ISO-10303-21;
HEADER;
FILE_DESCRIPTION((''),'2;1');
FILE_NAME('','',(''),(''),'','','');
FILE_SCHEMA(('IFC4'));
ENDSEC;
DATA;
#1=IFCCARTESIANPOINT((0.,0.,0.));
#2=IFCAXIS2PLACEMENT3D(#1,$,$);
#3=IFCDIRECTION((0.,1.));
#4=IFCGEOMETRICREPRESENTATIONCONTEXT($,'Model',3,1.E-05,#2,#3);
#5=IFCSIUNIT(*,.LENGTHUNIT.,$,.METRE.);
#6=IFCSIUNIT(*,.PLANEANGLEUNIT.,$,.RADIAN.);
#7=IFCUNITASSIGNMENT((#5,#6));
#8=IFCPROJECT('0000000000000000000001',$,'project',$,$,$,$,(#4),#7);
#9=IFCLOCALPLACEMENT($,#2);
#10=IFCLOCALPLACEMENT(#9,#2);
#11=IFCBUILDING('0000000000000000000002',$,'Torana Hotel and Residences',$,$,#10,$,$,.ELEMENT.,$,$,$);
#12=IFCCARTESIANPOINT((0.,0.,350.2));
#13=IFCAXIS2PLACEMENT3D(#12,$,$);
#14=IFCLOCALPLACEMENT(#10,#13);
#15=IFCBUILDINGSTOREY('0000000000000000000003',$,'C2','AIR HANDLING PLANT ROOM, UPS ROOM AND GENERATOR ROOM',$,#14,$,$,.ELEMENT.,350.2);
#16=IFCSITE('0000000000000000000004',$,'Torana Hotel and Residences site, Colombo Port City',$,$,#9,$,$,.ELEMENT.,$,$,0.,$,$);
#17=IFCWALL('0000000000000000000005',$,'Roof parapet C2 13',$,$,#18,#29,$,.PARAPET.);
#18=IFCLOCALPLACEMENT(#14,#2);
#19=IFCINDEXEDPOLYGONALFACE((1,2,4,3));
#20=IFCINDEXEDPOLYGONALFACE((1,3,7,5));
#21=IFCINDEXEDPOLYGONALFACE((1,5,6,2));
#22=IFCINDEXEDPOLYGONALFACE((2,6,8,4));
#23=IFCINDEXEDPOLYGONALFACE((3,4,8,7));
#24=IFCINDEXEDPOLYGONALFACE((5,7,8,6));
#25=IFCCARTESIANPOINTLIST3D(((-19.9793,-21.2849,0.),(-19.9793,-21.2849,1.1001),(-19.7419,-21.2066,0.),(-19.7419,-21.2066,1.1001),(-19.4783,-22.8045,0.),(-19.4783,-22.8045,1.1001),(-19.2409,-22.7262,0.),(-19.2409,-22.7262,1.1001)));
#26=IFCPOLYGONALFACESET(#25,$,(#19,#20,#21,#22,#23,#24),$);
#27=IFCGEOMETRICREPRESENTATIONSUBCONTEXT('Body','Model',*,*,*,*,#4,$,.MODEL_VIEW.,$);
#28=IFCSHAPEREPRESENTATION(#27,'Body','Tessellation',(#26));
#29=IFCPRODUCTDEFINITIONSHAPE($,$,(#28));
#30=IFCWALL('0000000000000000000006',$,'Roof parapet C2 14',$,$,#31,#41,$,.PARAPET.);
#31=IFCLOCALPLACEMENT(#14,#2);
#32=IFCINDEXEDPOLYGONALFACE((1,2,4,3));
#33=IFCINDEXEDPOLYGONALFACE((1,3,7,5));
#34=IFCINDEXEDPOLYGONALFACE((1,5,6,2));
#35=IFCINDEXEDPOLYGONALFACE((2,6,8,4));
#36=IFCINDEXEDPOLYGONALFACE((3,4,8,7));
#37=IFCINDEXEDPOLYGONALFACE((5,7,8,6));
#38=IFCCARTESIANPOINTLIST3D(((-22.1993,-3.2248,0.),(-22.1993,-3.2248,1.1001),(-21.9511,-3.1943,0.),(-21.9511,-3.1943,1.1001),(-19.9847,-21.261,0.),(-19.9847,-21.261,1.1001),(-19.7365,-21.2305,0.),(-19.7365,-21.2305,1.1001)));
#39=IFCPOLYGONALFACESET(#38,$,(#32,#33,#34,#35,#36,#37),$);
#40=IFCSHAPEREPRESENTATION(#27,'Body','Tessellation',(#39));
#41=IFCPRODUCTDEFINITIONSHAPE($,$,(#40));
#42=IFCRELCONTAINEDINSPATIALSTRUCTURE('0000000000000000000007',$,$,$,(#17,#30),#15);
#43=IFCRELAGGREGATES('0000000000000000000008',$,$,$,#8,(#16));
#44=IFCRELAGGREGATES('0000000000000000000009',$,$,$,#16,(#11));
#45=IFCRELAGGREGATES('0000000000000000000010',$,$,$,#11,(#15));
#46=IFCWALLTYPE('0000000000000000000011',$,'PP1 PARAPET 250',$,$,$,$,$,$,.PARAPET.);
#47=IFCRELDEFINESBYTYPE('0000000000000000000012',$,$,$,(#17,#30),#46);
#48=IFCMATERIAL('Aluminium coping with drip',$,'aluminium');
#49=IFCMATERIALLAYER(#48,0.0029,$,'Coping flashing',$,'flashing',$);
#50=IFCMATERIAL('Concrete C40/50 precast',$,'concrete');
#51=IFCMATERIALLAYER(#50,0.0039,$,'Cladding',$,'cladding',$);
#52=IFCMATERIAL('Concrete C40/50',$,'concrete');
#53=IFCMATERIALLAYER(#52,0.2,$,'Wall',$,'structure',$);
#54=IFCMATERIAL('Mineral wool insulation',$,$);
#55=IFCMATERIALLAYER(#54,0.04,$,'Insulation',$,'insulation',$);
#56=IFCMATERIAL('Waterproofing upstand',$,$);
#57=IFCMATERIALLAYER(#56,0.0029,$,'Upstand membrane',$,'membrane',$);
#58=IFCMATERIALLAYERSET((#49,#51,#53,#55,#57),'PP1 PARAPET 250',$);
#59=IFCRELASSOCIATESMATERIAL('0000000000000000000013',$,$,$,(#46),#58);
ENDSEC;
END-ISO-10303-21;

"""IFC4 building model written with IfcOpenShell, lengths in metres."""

from ifc_helpers import new_model, si_unit, direction, frame, frame_2d, origin, place, context, subcontext, project, spatial, rectangle, extrude, material, layer, layer_set, type_object, element, save


model = new_model("IFC4")

# Units and contexts
model_context = context("Model", 3, precision=1e-05, world=origin(), true_north=direction((0.0, 1.0)))
body_context = subcontext(model_context, "Body", "Model", "MODEL_VIEW")
ifc_project = project(units=[si_unit("LENGTHUNIT", "METRE"), si_unit("PLANEANGLEUNIT", "RADIAN")], contexts=[model_context])

# Site, building, storey
site_placement = place(None, origin())
site = spatial("IfcSite", under=ifc_project, at=site_placement, Name="Torana Hotel and Residences site, Colombo Port City", CompositionType="ELEMENT", RefElevation=0.0)
building_placement = place(site_placement, origin())
building = spatial("IfcBuilding", under=site, at=building_placement, Name="Torana Hotel and Residences", CompositionType="ELEMENT")
storey_placement = place(building_placement, frame((0.0, 0.0, 350.2)))
storey = spatial("IfcBuildingStorey", under=building, at=storey_placement, Name="C2", Description="AIR HANDLING PLANT ROOM, UPS ROOM AND GENERATOR ROOM", CompositionType="ELEMENT", Elevation=350.2)

# Walls
ifc_material_1 = material(Name="Aluminium coping with drip", Category="aluminium")
ifc_layer_1 = layer(ifc_material_1, 0.0029, Name="Coping flashing", Category="flashing")
ifc_material_2 = material(Name="Concrete C40/50 precast", Category="concrete")
ifc_layer_2 = layer(ifc_material_2, 0.0039, Name="Cladding", Category="cladding")
ifc_material_3 = material(Name="Concrete C40/50", Category="concrete")
ifc_layer_3 = layer(ifc_material_3, 0.2, Name="Wall", Category="structure")
ifc_material_4 = material(Name="Mineral wool insulation")
ifc_layer_4 = layer(ifc_material_4, 0.04, Name="Insulation", Category="insulation")
ifc_material_5 = material(Name="Waterproofing upstand")
ifc_layer_5 = layer(ifc_material_5, 0.0029, Name="Upstand membrane", Category="membrane")
ifc_layer_set_1 = layer_set([ifc_layer_1, ifc_layer_2, ifc_layer_3, ifc_layer_4, ifc_layer_5], Name="PP1 PARAPET 250")
wall_type_1 = type_object("IfcWallType", Name="PP1 PARAPET 250", PredefinedType="PARAPET", material=ifc_layer_set_1)
wall_1_placement = place(storey_placement, frame((-19.3596, -22.7654, 0.0), z_axis=(0.0, 0.0, 1.0), x_axis=(-0.313113, 0.949716, 0.0)))
element("IfcWall", 1, at=wall_1_placement, inside=storey, type_object=wall_type_1, Name="Roof parapet C2 13", PredefinedType="PARAPET", context=body_context, shape_type="SweptSolid", body=[
    extrude(rectangle(XDim=1.6001, YDim=0.25, at=frame_2d((0.8, 0.0))), origin(), (0.0, 0.0, 1.0), 1.1001),
])
wall_2_placement = place(storey_placement, frame((-19.8606, -21.2458, 0.0), z_axis=(0.0, 0.0, 1.0), x_axis=(-0.121872, 0.992546, 0.0)))
element("IfcWall", 2, at=wall_2_placement, inside=storey, type_object=wall_type_1, Name="Roof parapet C2 14", PredefinedType="PARAPET", context=body_context, shape_type="SweptSolid", body=[
    extrude(rectangle(XDim=18.1716, YDim=0.25, at=frame_2d((9.0859, 0.0))), origin(), (0.0, 0.0, 1.0), 1.1001),
])

save(model, "model.ifc")
